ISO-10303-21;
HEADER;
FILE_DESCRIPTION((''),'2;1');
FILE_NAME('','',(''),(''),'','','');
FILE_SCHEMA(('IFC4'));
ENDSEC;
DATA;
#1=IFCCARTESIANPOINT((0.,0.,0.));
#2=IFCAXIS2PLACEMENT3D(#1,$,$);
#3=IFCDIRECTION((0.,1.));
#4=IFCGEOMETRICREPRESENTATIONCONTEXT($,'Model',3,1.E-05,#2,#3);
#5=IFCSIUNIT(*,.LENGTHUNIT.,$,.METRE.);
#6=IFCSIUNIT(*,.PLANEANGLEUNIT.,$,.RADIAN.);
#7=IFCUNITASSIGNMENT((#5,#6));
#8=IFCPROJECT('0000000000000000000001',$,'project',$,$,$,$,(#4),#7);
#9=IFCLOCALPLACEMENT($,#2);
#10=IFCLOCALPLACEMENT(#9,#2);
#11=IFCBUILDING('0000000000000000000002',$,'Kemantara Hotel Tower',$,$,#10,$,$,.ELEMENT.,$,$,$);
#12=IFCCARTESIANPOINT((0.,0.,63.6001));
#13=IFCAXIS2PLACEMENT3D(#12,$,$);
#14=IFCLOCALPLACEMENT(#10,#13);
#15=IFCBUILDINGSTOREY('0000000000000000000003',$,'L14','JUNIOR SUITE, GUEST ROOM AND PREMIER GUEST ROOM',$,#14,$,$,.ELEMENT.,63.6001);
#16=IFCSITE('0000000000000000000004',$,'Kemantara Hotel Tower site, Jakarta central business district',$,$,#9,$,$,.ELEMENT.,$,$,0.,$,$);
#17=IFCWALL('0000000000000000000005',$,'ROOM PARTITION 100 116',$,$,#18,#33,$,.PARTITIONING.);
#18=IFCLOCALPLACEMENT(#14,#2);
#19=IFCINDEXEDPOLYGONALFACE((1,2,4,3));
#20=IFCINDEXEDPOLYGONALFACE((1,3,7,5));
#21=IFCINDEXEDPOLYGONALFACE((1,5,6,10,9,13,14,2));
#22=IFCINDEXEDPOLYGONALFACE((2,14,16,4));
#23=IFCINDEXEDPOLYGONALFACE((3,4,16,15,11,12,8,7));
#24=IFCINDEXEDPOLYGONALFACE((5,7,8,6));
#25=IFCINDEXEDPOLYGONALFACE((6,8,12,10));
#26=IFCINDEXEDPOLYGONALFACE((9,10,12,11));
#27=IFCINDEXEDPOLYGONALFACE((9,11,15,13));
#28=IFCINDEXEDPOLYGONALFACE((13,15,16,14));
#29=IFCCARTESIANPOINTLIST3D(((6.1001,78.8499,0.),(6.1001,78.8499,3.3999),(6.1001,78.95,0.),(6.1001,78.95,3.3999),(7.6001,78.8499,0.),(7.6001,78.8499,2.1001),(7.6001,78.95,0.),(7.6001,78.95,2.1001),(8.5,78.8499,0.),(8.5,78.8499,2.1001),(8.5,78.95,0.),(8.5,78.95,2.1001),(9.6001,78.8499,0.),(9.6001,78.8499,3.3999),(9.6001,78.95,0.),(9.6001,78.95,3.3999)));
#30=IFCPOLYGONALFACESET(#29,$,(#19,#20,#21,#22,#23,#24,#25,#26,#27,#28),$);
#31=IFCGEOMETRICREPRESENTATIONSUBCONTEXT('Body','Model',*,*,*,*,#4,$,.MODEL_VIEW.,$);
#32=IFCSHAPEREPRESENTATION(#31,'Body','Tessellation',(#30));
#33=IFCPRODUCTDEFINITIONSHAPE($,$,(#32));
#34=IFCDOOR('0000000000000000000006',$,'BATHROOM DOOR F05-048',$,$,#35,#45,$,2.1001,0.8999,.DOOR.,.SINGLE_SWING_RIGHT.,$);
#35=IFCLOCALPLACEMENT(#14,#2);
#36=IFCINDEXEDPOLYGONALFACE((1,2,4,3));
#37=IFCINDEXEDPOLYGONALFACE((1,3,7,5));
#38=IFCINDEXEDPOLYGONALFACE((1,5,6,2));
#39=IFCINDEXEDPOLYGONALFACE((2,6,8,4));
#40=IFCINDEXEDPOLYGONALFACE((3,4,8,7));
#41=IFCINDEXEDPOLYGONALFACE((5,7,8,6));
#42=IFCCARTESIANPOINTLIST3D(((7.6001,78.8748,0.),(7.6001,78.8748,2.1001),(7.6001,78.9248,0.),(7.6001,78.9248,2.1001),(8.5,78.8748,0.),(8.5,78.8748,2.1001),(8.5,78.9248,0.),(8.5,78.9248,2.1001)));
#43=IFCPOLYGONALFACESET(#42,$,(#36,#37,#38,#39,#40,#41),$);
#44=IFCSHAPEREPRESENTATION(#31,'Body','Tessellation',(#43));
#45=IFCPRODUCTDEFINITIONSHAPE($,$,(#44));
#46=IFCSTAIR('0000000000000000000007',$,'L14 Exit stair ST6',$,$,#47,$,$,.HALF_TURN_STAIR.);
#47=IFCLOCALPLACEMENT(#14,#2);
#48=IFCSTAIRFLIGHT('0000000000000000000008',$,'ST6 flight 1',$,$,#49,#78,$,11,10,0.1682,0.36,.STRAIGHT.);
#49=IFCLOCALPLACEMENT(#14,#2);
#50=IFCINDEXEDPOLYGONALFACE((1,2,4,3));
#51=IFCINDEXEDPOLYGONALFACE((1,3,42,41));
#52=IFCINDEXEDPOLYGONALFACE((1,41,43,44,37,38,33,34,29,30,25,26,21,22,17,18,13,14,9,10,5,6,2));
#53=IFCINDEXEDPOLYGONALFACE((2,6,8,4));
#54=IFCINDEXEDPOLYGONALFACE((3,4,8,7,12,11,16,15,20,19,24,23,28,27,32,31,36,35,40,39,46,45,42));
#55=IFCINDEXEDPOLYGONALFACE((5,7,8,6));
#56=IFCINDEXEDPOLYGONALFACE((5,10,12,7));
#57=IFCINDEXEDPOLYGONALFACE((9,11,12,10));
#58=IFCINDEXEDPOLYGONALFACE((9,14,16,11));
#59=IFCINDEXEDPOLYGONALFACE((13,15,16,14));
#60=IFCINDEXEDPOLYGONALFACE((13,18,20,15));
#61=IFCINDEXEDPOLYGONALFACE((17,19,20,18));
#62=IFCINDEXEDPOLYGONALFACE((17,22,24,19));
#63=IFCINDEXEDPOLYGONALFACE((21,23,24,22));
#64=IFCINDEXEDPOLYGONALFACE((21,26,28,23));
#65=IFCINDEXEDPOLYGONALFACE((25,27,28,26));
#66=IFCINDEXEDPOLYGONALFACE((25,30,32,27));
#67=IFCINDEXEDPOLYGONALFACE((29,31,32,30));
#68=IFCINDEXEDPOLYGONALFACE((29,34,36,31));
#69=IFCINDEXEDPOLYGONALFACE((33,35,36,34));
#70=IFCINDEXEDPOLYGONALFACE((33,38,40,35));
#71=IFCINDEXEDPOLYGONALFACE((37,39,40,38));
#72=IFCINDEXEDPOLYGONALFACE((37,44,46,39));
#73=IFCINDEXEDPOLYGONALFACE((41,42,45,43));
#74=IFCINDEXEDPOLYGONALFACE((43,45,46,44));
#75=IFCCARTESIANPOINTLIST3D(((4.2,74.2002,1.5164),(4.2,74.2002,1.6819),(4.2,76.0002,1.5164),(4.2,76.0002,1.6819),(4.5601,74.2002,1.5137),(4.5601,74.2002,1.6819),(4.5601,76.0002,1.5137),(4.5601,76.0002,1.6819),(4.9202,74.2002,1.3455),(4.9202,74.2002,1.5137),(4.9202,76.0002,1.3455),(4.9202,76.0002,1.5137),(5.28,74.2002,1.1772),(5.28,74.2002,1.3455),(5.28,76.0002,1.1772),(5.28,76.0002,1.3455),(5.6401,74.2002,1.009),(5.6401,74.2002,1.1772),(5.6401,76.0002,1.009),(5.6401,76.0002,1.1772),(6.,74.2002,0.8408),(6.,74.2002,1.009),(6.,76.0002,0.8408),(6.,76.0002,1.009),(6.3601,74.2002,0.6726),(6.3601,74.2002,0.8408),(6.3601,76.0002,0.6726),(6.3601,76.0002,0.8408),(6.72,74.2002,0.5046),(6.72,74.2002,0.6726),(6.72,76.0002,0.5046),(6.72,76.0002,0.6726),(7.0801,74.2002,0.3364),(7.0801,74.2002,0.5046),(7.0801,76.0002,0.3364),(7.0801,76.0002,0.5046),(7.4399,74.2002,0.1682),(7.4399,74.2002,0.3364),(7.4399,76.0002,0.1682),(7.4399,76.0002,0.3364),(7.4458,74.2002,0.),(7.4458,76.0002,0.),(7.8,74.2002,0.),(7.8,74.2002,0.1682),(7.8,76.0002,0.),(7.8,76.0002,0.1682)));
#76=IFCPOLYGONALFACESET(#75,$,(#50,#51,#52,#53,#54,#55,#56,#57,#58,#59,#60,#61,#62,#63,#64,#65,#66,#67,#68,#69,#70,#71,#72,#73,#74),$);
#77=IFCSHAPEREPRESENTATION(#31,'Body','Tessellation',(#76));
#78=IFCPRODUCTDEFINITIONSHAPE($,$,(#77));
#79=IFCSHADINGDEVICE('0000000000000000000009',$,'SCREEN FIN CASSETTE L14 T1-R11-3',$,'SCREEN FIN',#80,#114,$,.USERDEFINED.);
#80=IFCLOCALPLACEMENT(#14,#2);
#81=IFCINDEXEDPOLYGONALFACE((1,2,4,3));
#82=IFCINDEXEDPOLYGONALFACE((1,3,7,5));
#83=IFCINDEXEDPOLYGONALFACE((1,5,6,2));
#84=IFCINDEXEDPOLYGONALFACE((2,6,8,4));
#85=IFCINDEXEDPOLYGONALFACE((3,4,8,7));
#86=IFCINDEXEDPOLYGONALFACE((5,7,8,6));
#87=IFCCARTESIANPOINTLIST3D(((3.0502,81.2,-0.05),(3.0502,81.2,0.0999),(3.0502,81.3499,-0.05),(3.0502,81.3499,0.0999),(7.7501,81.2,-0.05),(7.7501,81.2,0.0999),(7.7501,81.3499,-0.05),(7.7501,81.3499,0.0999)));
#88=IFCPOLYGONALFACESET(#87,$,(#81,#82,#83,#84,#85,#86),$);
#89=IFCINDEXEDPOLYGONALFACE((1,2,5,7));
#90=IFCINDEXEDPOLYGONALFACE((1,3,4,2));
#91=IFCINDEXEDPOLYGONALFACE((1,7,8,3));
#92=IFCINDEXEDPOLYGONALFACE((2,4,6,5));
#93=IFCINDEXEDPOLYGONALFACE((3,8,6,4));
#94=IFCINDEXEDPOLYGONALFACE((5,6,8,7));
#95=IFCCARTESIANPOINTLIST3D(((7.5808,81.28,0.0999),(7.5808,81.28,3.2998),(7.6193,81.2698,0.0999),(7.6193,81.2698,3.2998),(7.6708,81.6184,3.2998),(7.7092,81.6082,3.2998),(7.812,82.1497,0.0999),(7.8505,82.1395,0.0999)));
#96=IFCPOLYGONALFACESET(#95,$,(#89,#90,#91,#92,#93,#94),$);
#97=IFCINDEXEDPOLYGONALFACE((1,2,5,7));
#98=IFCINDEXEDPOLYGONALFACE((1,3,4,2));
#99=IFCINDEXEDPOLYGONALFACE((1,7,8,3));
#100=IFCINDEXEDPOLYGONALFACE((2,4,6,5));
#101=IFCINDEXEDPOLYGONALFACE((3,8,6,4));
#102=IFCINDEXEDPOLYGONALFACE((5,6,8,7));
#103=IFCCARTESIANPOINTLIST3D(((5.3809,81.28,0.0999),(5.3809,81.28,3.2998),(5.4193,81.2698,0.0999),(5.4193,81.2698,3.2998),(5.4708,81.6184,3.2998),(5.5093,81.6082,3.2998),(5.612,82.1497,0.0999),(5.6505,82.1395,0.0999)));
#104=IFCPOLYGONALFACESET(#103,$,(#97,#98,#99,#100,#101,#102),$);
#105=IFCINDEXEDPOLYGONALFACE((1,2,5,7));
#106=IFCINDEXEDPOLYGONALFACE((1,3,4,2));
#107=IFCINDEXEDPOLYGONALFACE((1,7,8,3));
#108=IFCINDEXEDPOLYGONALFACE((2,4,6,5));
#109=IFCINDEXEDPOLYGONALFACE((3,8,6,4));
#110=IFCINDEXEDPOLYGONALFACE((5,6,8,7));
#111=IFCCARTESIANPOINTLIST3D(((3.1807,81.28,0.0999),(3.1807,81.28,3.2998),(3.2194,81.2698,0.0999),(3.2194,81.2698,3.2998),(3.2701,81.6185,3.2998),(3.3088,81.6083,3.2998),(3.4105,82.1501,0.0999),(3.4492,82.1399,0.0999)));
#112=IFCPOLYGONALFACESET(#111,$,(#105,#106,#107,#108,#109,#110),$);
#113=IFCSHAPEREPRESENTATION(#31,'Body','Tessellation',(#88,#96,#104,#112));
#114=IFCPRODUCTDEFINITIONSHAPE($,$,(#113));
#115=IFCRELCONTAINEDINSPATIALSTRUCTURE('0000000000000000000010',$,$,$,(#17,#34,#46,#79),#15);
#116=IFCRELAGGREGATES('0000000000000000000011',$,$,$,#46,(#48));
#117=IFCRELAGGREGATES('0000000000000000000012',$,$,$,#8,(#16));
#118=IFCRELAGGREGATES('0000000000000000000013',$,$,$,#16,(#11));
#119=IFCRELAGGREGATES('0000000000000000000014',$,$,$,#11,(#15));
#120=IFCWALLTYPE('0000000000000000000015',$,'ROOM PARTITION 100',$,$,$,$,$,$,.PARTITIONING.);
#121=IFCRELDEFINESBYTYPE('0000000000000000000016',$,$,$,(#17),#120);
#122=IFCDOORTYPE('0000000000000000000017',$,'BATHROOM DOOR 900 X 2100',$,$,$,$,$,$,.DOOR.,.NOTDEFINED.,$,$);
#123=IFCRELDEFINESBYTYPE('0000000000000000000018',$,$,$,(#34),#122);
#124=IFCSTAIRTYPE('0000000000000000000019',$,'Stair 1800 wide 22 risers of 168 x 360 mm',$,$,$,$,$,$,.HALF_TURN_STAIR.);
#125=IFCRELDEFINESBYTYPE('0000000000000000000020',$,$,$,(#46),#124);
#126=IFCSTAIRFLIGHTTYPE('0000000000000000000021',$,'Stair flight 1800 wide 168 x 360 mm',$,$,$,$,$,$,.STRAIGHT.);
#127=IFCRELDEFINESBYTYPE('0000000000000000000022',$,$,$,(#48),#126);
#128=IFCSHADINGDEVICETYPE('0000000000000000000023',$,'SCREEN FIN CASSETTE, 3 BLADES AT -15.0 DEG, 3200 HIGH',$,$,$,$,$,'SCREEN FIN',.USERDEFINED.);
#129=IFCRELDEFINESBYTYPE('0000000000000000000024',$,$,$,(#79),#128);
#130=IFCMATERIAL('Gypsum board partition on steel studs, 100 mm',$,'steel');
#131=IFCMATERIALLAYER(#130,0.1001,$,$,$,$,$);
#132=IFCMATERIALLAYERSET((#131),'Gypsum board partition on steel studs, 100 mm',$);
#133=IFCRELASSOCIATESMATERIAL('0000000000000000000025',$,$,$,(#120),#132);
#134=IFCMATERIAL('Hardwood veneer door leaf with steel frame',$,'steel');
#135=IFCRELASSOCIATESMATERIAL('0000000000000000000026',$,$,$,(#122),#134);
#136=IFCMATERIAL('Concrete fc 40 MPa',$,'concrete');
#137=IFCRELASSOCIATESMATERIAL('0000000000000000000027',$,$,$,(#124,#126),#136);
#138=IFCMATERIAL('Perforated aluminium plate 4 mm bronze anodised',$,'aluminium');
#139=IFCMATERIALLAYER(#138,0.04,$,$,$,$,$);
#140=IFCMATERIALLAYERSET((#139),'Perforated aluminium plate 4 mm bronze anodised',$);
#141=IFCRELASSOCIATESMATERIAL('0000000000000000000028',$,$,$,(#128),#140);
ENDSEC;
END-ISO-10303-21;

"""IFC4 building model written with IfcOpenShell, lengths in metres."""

from ifc_helpers import new_model, si_unit, direction, frame, frame_2d, origin, origin_2d, place, context, subcontext, project, spatial, polyline, rectangle, outline, extrude, source, transform, mapped, material, layer, layer_set, type_object, element, fill, aggregate, save


model = new_model("IFC4")

# Units and contexts
model_context = context("Model", 3, precision=1e-05, world=origin(), true_north=direction((0.0, 1.0)))
body_context = subcontext(model_context, "Body", "Model", "MODEL_VIEW")
ifc_project = project(units=[si_unit("LENGTHUNIT", "METRE"), si_unit("PLANEANGLEUNIT", "RADIAN")], contexts=[model_context])

# Site, building, storey
site_placement = place(None, origin())
site = spatial("IfcSite", under=ifc_project, at=site_placement, Name="Kemantara Hotel Tower site, Jakarta central business district", CompositionType="ELEMENT", RefElevation=0.0)
building_placement = place(site_placement, origin())
building = spatial("IfcBuilding", under=site, at=building_placement, Name="Kemantara Hotel Tower", CompositionType="ELEMENT")
storey_placement = place(building_placement, frame((0.0, 0.0, 63.6001)))
storey = spatial("IfcBuildingStorey", under=building, at=storey_placement, Name="L14", Description="JUNIOR SUITE, GUEST ROOM AND PREMIER GUEST ROOM", CompositionType="ELEMENT", Elevation=63.6001)

# Shared definitions
ifc_material_1 = material(Name="Hardwood veneer door leaf with steel frame", Category="steel")
ifc_material_2 = material(Name="Concrete fc 40 MPa", Category="concrete")

# Shared definitions
ifc_material_3 = material(Name="Gypsum board partition on steel studs, 100 mm", Category="steel")
ifc_layer_1 = layer(ifc_material_3, 0.1001)
ifc_layer_set_1 = layer_set([ifc_layer_1], Name="Gypsum board partition on steel studs, 100 mm")
wall_type_1 = type_object("IfcWallType", Name="ROOM PARTITION 100", PredefinedType="PARTITIONING", material=ifc_layer_set_1)

# Wall, opening, door
wall_1_placement = place(storey_placement, frame((6.1001, 78.8999, 0.0), z_axis=(0.0, 0.0, 1.0), x_axis=(1.0, 0.0, 0.0)))
wall_1 = element("IfcWall", 1, at=wall_1_placement, inside=storey, type_object=wall_type_1, Name="ROOM PARTITION 100 116", PredefinedType="PARTITIONING", context=body_context, shape_type="SweptSolid", body=[
    extrude(rectangle(XDim=3.5, YDim=0.1001, at=frame_2d((1.75, 0.0))), origin(), (0.0, 0.0, 1.0), 3.3999),
])
opening_1_placement = place(wall_1_placement, frame((1.5, 0.0, 0.0)))
opening_1 = element("IfcOpeningElement", 2, at=opening_1_placement, cuts=wall_1, PredefinedType="OPENING", context=body_context, shape_type="SweptSolid", body=[
    extrude(rectangle(XDim=0.8999, YDim=2.1001, at=frame_2d((0.45, 1.05))), frame((0.0, 0.0601, 0.0), z_axis=(0.0, -1.0, 0.0), x_axis=(1.0, 0.0, 0.0)), (0.0, 0.0, 1.0), 0.1201),
])
door_type_1 = type_object("IfcDoorType", Name="BATHROOM DOOR 900 X 2100", OperationType="NOTDEFINED", PredefinedType="DOOR", material=ifc_material_1)
door_1_placement = place(opening_1_placement, origin())
door_1 = element("IfcDoor", 3, at=door_1_placement, inside=storey, type_object=door_type_1, Name="BATHROOM DOOR F05-048", OperationType="SINGLE_SWING_RIGHT", OverallHeight=2.1001, OverallWidth=0.8999, PredefinedType="DOOR", context=body_context, shape_type="SweptSolid", body=[
    extrude(rectangle(XDim=0.8999, YDim=2.1001, at=frame_2d((0.45, 1.05))), frame((0.0, 0.0249, 0.0), z_axis=(0.0, -1.0, 0.0), x_axis=(1.0, 0.0, 0.0)), (0.0, 0.0, 1.0), 0.05),
])
fill(opening_1, door_1)

# Stair, stair flight
stair_type = type_object("IfcStairType", Name="Stair 1800 wide 22 risers of 168 x 360 mm", PredefinedType="HALF_TURN_STAIR", material=ifc_material_2)
stair_placement = place(storey_placement, origin())
stair = element("IfcStair", 4, at=stair_placement, inside=storey, type_object=stair_type, Name="L14 Exit stair ST6", PredefinedType="HALF_TURN_STAIR")
stair_flight_type = type_object("IfcStairFlightType", Name="Stair flight 1800 wide 168 x 360 mm", PredefinedType="STRAIGHT", material=ifc_material_2)
stair_flight_placement = place(storey_placement, frame((7.8, 75.1001, 0.0), z_axis=(0.0, 0.0, 1.0), x_axis=(-1.0, 0.0, 0.0)))
stair_flight = element("IfcStairFlight", 5, at=stair_flight_placement, type_object=stair_flight_type, Name="ST6 flight 1", NumberOfRisers=11, NumberOfTreads=10, PredefinedType="STRAIGHT", RiserHeight=0.1682, TreadLength=0.36, context=body_context, shape_type="SweptSolid", body=[
    extrude(outline(polyline([(0.0, 0.0), (0.0, 0.1682), (0.3601, 0.1682), (0.3601, 0.3364), (0.72, 0.3364), (0.72, 0.5046), (1.0801, 0.5046), (1.0801, 0.6726), (1.4399, 0.6726), (1.4399, 0.8408), (1.8, 0.8408), (1.8, 1.009), (2.1599, 1.009), (2.1599, 1.1772), (2.52, 1.1772), (2.52, 1.3455), (2.8799, 1.3455), (2.8799, 1.5137), (3.24, 1.5137), (3.24, 1.6819), (3.6001, 1.6819), (3.6001, 1.8501), (3.6001, 1.5164), (0.3542, 0.0), (0.0, 0.0)])), frame((0.0, 0.8999, 0.0), z_axis=(0.0, -1.0, 0.0), x_axis=(1.0, 0.0, 0.0)), (0.0, 0.0, 1.0), 1.8),
])
aggregate(stair, [stair_flight])

# Shading device
ifc_material_4 = material(Name="Perforated aluminium plate 4 mm bronze anodised", Category="aluminium")
ifc_layer_2 = layer(ifc_material_4, 0.04)
ifc_layer_set_2 = layer_set([ifc_layer_2], Name="Perforated aluminium plate 4 mm bronze anodised")
shading_device_type = type_object("IfcShadingDeviceType", Name="SCREEN FIN CASSETTE, 3 BLADES AT -15.0 DEG, 3200 HIGH", ElementType="SCREEN FIN", PredefinedType="USERDEFINED", material=ifc_layer_set_2)
shared_shape_1 = source(origin(), body_context, "Body", "SweptSolid", [
    extrude(rectangle(XDim=4.7, YDim=0.1499, at=origin_2d()), frame((2.2, -0.075, -0.1499), z_axis=(0.0, 0.0, 1.0), x_axis=(1.0, 0.0, 0.0)), (0.0, 0.0, 1.0), 0.1499),
    extrude(outline(polyline([(0.0, 0.0), (0.8999, 0.0), (0.3501, 3.2), (0.0, 3.2), (0.0, 0.0)])), frame((0.0193, -0.0801, 0.0), z_axis=(-0.966438, 0.256901, 0.0), x_axis=(-0.256901, -0.966438, 0.0)), (0.0, 0.0, 1.0), 0.0398),
    extrude(outline(polyline([(0.0, 0.0), (0.8999, 0.0), (0.3501, 3.2), (0.0, 3.2), (0.0, 0.0)])), frame((2.2192, -0.0801, 0.0), z_axis=(-0.966438, 0.256901, 0.0), x_axis=(-0.256901, -0.966438, 0.0)), (0.0, 0.0, 1.0), 0.0398),
    extrude(outline(polyline([(0.0, 0.0), (0.8999, 0.0), (0.3501, 3.2), (0.0, 3.2), (0.0, 0.0)])), frame((4.4194, -0.0801, 0.0), z_axis=(-0.966838, 0.255391, 0.0), x_axis=(-0.255391, -0.966838, 0.0)), (0.0, 0.0, 1.0), 0.04),
])
shading_device_placement = place(storey_placement, frame((7.6001, 81.2, 0.0999), z_axis=(0.0, 0.0, 1.0), x_axis=(-1.0, 0.0, 0.0)))
element("IfcShadingDevice", 6, at=shading_device_placement, inside=storey, type_object=shading_device_type, Name="SCREEN FIN CASSETTE L14 T1-R11-3", ObjectType="SCREEN FIN", PredefinedType="USERDEFINED", context=body_context, shape_type="MappedRepresentation", body=[
    mapped(shared_shape_1, transform((0.0, 0.0, 0.0))),
])

save(model, "model.ifc")
